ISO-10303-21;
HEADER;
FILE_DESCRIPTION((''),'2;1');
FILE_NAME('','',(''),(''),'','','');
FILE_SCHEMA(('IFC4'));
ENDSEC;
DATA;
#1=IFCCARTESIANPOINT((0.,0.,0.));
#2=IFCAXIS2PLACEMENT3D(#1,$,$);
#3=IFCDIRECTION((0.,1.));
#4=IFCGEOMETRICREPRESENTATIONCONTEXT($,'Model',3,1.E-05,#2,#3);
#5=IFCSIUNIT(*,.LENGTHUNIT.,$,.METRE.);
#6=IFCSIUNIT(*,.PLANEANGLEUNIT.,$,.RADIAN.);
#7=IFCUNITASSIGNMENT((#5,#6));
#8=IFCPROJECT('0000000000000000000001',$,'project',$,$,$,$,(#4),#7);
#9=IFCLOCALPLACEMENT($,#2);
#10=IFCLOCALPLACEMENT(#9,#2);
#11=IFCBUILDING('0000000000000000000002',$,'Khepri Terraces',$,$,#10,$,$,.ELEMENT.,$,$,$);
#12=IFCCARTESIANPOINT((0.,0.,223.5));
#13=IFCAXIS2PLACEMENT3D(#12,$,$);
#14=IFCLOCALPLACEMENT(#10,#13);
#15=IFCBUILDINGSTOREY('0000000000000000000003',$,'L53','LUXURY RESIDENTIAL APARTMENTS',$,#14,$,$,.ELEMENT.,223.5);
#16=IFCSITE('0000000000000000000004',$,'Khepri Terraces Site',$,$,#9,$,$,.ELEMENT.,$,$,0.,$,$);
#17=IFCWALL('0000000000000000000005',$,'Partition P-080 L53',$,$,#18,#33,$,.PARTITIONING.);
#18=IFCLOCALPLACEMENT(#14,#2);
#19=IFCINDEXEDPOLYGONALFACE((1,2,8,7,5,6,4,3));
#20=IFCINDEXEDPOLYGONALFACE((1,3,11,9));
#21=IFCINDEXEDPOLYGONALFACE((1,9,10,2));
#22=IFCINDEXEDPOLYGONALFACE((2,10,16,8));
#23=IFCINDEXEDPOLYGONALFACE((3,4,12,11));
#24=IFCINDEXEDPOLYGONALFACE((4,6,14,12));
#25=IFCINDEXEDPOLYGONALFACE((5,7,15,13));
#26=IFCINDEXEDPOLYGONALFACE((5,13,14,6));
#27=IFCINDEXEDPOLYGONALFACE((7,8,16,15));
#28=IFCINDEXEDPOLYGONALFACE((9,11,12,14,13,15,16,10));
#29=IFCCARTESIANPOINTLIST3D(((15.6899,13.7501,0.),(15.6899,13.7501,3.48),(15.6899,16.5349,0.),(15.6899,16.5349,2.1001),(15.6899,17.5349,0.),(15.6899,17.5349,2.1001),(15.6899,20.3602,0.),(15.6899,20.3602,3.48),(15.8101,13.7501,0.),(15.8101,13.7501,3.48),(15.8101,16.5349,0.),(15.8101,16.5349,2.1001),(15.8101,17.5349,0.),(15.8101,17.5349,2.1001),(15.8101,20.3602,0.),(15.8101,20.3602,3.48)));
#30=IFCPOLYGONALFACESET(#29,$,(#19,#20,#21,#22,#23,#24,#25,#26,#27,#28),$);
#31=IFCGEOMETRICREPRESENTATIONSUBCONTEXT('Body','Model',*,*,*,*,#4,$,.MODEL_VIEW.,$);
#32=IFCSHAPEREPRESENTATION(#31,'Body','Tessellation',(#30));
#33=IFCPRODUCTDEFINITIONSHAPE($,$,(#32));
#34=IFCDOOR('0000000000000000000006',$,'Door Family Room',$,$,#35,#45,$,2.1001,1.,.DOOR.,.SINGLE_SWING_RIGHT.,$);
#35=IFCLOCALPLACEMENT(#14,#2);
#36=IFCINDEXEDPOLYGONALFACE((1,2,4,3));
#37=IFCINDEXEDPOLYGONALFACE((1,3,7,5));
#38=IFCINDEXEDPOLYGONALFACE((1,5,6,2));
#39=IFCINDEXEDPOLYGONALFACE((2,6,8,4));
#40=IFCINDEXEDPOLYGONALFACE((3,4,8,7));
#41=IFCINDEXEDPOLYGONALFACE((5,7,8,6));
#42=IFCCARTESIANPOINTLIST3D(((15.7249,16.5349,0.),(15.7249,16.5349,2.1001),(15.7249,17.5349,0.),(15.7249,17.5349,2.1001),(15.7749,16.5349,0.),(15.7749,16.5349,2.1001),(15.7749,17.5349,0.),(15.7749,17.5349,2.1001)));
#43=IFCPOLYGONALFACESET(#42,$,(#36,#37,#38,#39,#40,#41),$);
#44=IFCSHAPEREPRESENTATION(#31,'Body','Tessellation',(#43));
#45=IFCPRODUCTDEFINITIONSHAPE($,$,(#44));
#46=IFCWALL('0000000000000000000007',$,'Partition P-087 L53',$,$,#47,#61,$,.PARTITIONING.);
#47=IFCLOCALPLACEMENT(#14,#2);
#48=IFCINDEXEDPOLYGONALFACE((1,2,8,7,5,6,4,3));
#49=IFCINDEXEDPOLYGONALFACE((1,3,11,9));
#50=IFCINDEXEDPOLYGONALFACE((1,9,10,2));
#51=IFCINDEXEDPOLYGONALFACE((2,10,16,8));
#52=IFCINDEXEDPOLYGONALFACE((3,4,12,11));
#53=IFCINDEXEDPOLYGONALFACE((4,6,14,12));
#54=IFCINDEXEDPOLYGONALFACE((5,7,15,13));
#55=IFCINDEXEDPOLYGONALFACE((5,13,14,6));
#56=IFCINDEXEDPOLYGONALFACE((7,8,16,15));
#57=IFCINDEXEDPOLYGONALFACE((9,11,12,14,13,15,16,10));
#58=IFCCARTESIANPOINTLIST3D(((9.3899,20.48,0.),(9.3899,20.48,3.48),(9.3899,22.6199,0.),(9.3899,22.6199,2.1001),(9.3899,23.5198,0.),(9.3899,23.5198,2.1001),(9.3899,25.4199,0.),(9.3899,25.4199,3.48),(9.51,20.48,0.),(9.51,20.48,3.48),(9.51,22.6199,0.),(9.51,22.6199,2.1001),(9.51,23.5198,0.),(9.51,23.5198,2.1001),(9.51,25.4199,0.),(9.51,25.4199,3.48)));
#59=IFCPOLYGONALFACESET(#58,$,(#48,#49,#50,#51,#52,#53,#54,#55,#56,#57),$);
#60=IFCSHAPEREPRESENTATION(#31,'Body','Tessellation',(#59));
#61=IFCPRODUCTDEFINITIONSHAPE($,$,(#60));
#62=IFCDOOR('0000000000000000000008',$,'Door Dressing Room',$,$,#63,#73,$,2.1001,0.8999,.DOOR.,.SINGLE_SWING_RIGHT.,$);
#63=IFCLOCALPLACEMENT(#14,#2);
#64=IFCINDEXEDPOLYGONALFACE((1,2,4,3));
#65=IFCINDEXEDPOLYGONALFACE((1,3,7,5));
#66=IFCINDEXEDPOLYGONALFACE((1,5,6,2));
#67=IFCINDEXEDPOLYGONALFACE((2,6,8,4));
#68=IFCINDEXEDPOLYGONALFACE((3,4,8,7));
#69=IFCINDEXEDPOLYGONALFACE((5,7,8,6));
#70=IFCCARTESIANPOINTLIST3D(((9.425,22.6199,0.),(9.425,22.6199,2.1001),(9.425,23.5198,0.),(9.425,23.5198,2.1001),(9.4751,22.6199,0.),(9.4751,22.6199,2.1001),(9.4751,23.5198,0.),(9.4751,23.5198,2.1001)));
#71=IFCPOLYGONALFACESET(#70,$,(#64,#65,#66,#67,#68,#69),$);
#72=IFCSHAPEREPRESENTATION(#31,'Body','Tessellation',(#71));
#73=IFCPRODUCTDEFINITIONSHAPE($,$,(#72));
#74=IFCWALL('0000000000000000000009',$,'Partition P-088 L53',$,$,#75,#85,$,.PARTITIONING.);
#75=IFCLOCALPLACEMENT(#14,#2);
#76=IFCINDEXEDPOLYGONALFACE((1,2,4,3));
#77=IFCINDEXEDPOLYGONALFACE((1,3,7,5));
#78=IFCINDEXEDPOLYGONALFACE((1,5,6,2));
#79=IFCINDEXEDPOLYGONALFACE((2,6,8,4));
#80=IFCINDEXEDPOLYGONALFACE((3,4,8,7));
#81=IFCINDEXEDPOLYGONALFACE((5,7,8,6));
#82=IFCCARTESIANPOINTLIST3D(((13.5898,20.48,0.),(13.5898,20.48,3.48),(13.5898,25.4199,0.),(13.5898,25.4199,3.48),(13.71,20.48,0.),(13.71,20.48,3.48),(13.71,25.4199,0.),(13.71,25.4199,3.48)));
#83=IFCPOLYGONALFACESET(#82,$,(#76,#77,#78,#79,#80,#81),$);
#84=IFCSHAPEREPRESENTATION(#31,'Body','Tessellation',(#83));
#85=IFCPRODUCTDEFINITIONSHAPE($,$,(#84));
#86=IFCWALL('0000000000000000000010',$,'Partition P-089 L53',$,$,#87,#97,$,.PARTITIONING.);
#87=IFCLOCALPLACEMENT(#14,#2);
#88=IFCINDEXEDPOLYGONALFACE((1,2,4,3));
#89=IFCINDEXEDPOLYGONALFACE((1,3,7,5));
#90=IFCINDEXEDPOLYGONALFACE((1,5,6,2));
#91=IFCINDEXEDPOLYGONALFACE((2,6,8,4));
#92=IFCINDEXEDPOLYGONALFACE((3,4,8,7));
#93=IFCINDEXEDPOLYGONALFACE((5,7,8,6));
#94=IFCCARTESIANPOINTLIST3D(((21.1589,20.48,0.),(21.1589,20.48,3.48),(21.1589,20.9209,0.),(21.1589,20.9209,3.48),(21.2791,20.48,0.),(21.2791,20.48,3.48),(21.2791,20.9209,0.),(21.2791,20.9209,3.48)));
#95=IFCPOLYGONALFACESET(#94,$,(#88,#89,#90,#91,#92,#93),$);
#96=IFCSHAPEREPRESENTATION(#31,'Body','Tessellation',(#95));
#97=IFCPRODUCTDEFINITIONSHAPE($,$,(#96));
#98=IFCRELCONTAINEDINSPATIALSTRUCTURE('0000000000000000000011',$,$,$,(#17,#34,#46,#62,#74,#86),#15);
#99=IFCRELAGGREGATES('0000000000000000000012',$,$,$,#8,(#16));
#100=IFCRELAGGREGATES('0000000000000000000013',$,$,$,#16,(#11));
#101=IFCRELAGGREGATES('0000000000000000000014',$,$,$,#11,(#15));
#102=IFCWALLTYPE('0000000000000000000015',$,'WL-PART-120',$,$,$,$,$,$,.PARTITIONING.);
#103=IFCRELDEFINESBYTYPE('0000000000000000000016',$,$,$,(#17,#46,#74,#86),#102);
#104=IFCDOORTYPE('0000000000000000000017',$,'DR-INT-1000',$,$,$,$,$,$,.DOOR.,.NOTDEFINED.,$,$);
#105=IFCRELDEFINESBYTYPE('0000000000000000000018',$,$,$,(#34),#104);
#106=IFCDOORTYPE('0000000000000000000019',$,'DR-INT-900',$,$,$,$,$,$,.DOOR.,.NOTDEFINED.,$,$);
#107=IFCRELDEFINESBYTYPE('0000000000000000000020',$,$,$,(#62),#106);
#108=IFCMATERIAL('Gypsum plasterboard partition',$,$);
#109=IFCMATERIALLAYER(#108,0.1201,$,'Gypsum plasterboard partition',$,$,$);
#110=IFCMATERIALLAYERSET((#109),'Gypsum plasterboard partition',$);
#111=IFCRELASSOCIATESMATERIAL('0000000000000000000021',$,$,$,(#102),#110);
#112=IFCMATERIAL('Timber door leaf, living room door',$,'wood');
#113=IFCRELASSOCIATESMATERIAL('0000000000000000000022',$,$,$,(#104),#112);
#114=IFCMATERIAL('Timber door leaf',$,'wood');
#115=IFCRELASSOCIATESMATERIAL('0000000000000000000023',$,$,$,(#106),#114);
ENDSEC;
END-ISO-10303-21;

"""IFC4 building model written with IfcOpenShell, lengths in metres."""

from ifc_helpers import new_model, si_unit, direction, frame, frame_2d, origin, place, context, subcontext, project, spatial, rectangle, extrude, material, layer, layer_set, type_object, element, fill, save


model = new_model("IFC4")

# Units and contexts
model_context = context("Model", 3, precision=1e-05, world=origin(), true_north=direction((0.0, 1.0)))
body_context = subcontext(model_context, "Body", "Model", "MODEL_VIEW")
ifc_project = project(units=[si_unit("LENGTHUNIT", "METRE"), si_unit("PLANEANGLEUNIT", "RADIAN")], contexts=[model_context])

# Site, building, storey
site_placement = place(None, origin())
site = spatial("IfcSite", under=ifc_project, at=site_placement, Name="Khepri Terraces Site", CompositionType="ELEMENT", RefElevation=0.0)
building_placement = place(site_placement, origin())
building = spatial("IfcBuilding", under=site, at=building_placement, Name="Khepri Terraces", CompositionType="ELEMENT")
storey_placement = place(building_placement, frame((0.0, 0.0, 223.5)))
storey = spatial("IfcBuildingStorey", under=building, at=storey_placement, Name="L53", Description="LUXURY RESIDENTIAL APARTMENTS", CompositionType="ELEMENT", Elevation=223.5)

# Walls, openings, doors
ifc_material_1 = material(Name="Gypsum plasterboard partition")
ifc_layer_1 = layer(ifc_material_1, 0.1201, Name="Gypsum plasterboard partition")
ifc_layer_set_1 = layer_set([ifc_layer_1], Name="Gypsum plasterboard partition")
wall_type_1 = type_object("IfcWallType", Name="WL-PART-120", PredefinedType="PARTITIONING", material=ifc_layer_set_1)
wall_1_placement = place(storey_placement, frame((15.75, 13.75, 0.0), z_axis=(0.0, 0.0, 1.0), x_axis=(0.0, 1.0, 0.0)))
wall_1 = element("IfcWall", 1, at=wall_1_placement, inside=storey, type_object=wall_type_1, Name="Partition P-080 L53", PredefinedType="PARTITIONING", context=body_context, shape_type="SweptSolid", body=[
    extrude(rectangle(XDim=6.6101, YDim=0.1201, at=frame_2d((3.3052, 0.0))), origin(), (0.0, 0.0, 1.0), 3.48),
])
opening_1_placement = place(wall_1_placement, frame((2.7849, 0.0, 0.0)))
opening_1 = element("IfcOpeningElement", 2, at=opening_1_placement, cuts=wall_1, PredefinedType="OPENING", context=body_context, shape_type="SweptSolid", body=[
    extrude(rectangle(XDim=1.0, YDim=2.1001, at=frame_2d((0.5, 1.05))), frame((0.0, 0.0701, 0.0), z_axis=(0.0, -1.0, 0.0), x_axis=(1.0, 0.0, 0.0)), (0.0, 0.0, 1.0), 0.1401),
])
ifc_material_2 = material(Name="Timber door leaf, living room door", Category="wood")
door_type_1 = type_object("IfcDoorType", Name="DR-INT-1000", OperationType="NOTDEFINED", PredefinedType="DOOR", material=ifc_material_2)
door_1_placement = place(opening_1_placement, frame((1.0, 0.0, 0.0), z_axis=(0.0, 0.0, 1.0), x_axis=(-1.0, 0.0, 0.0)))
door_1 = element("IfcDoor", 3, at=door_1_placement, inside=storey, type_object=door_type_1, Name="Door Family Room", OperationType="SINGLE_SWING_RIGHT", OverallHeight=2.1001, OverallWidth=1.0, PredefinedType="DOOR", context=body_context, shape_type="SweptSolid", body=[
    extrude(rectangle(XDim=1.0, YDim=2.1001, at=frame_2d((0.5, 1.05))), frame((0.0, 0.0249, 0.0), z_axis=(0.0, -1.0, 0.0), x_axis=(1.0, 0.0, 0.0)), (0.0, 0.0, 1.0), 0.05),
])
fill(opening_1, door_1)
wall_2_placement = place(storey_placement, frame((9.45, 20.48, 0.0), z_axis=(0.0, 0.0, 1.0), x_axis=(0.0, 1.0, 0.0)))
wall_2 = element("IfcWall", 4, at=wall_2_placement, inside=storey, type_object=wall_type_1, Name="Partition P-087 L53", PredefinedType="PARTITIONING", context=body_context, shape_type="SweptSolid", body=[
    extrude(rectangle(XDim=4.9399, YDim=0.1201, at=frame_2d((2.47, 0.0))), origin(), (0.0, 0.0, 1.0), 3.48),
])
opening_2_placement = place(wall_2_placement, frame((2.1399, 0.0, 0.0)))
opening_2 = element("IfcOpeningElement", 5, at=opening_2_placement, cuts=wall_2, PredefinedType="OPENING", context=body_context, shape_type="SweptSolid", body=[
    extrude(rectangle(XDim=0.8999, YDim=2.1001, at=frame_2d((0.45, 1.05))), frame((0.0, 0.0701, 0.0), z_axis=(0.0, -1.0, 0.0), x_axis=(1.0, 0.0, 0.0)), (0.0, 0.0, 1.0), 0.1401),
])
ifc_material_3 = material(Name="Timber door leaf", Category="wood")
door_type_2 = type_object("IfcDoorType", Name="DR-INT-900", OperationType="NOTDEFINED", PredefinedType="DOOR", material=ifc_material_3)
door_2_placement = place(opening_2_placement, origin())
door_2 = element("IfcDoor", 6, at=door_2_placement, inside=storey, type_object=door_type_2, Name="Door Dressing Room", OperationType="SINGLE_SWING_RIGHT", OverallHeight=2.1001, OverallWidth=0.8999, PredefinedType="DOOR", context=body_context, shape_type="SweptSolid", body=[
    extrude(rectangle(XDim=0.8999, YDim=2.1001, at=frame_2d((0.45, 1.05))), frame((0.0, 0.0249, 0.0), z_axis=(0.0, -1.0, 0.0), x_axis=(1.0, 0.0, 0.0)), (0.0, 0.0, 1.0), 0.05),
])
fill(opening_2, door_2)

# Walls
wall_3_placement = place(storey_placement, frame((13.6499, 20.48, 0.0), z_axis=(0.0, 0.0, 1.0), x_axis=(0.0, 1.0, 0.0)))
element("IfcWall", 7, at=wall_3_placement, inside=storey, type_object=wall_type_1, Name="Partition P-088 L53", PredefinedType="PARTITIONING", context=body_context, shape_type="SweptSolid", body=[
    extrude(rectangle(XDim=4.9399, YDim=0.1201, at=frame_2d((2.47, 0.0))), origin(), (0.0, 0.0, 1.0), 3.48),
])
wall_4_placement = place(storey_placement, frame((21.219, 20.48, 0.0), z_axis=(0.0, 0.0, 1.0), x_axis=(0.0, 1.0, 0.0)))
element("IfcWall", 8, at=wall_4_placement, inside=storey, type_object=wall_type_1, Name="Partition P-089 L53", PredefinedType="PARTITIONING", context=body_context, shape_type="SweptSolid", body=[
    extrude(rectangle(XDim=0.4409, YDim=0.1201, at=frame_2d((0.2205, 0.0))), origin(), (0.0, 0.0, 1.0), 3.48),
])

save(model, "model.ifc")
